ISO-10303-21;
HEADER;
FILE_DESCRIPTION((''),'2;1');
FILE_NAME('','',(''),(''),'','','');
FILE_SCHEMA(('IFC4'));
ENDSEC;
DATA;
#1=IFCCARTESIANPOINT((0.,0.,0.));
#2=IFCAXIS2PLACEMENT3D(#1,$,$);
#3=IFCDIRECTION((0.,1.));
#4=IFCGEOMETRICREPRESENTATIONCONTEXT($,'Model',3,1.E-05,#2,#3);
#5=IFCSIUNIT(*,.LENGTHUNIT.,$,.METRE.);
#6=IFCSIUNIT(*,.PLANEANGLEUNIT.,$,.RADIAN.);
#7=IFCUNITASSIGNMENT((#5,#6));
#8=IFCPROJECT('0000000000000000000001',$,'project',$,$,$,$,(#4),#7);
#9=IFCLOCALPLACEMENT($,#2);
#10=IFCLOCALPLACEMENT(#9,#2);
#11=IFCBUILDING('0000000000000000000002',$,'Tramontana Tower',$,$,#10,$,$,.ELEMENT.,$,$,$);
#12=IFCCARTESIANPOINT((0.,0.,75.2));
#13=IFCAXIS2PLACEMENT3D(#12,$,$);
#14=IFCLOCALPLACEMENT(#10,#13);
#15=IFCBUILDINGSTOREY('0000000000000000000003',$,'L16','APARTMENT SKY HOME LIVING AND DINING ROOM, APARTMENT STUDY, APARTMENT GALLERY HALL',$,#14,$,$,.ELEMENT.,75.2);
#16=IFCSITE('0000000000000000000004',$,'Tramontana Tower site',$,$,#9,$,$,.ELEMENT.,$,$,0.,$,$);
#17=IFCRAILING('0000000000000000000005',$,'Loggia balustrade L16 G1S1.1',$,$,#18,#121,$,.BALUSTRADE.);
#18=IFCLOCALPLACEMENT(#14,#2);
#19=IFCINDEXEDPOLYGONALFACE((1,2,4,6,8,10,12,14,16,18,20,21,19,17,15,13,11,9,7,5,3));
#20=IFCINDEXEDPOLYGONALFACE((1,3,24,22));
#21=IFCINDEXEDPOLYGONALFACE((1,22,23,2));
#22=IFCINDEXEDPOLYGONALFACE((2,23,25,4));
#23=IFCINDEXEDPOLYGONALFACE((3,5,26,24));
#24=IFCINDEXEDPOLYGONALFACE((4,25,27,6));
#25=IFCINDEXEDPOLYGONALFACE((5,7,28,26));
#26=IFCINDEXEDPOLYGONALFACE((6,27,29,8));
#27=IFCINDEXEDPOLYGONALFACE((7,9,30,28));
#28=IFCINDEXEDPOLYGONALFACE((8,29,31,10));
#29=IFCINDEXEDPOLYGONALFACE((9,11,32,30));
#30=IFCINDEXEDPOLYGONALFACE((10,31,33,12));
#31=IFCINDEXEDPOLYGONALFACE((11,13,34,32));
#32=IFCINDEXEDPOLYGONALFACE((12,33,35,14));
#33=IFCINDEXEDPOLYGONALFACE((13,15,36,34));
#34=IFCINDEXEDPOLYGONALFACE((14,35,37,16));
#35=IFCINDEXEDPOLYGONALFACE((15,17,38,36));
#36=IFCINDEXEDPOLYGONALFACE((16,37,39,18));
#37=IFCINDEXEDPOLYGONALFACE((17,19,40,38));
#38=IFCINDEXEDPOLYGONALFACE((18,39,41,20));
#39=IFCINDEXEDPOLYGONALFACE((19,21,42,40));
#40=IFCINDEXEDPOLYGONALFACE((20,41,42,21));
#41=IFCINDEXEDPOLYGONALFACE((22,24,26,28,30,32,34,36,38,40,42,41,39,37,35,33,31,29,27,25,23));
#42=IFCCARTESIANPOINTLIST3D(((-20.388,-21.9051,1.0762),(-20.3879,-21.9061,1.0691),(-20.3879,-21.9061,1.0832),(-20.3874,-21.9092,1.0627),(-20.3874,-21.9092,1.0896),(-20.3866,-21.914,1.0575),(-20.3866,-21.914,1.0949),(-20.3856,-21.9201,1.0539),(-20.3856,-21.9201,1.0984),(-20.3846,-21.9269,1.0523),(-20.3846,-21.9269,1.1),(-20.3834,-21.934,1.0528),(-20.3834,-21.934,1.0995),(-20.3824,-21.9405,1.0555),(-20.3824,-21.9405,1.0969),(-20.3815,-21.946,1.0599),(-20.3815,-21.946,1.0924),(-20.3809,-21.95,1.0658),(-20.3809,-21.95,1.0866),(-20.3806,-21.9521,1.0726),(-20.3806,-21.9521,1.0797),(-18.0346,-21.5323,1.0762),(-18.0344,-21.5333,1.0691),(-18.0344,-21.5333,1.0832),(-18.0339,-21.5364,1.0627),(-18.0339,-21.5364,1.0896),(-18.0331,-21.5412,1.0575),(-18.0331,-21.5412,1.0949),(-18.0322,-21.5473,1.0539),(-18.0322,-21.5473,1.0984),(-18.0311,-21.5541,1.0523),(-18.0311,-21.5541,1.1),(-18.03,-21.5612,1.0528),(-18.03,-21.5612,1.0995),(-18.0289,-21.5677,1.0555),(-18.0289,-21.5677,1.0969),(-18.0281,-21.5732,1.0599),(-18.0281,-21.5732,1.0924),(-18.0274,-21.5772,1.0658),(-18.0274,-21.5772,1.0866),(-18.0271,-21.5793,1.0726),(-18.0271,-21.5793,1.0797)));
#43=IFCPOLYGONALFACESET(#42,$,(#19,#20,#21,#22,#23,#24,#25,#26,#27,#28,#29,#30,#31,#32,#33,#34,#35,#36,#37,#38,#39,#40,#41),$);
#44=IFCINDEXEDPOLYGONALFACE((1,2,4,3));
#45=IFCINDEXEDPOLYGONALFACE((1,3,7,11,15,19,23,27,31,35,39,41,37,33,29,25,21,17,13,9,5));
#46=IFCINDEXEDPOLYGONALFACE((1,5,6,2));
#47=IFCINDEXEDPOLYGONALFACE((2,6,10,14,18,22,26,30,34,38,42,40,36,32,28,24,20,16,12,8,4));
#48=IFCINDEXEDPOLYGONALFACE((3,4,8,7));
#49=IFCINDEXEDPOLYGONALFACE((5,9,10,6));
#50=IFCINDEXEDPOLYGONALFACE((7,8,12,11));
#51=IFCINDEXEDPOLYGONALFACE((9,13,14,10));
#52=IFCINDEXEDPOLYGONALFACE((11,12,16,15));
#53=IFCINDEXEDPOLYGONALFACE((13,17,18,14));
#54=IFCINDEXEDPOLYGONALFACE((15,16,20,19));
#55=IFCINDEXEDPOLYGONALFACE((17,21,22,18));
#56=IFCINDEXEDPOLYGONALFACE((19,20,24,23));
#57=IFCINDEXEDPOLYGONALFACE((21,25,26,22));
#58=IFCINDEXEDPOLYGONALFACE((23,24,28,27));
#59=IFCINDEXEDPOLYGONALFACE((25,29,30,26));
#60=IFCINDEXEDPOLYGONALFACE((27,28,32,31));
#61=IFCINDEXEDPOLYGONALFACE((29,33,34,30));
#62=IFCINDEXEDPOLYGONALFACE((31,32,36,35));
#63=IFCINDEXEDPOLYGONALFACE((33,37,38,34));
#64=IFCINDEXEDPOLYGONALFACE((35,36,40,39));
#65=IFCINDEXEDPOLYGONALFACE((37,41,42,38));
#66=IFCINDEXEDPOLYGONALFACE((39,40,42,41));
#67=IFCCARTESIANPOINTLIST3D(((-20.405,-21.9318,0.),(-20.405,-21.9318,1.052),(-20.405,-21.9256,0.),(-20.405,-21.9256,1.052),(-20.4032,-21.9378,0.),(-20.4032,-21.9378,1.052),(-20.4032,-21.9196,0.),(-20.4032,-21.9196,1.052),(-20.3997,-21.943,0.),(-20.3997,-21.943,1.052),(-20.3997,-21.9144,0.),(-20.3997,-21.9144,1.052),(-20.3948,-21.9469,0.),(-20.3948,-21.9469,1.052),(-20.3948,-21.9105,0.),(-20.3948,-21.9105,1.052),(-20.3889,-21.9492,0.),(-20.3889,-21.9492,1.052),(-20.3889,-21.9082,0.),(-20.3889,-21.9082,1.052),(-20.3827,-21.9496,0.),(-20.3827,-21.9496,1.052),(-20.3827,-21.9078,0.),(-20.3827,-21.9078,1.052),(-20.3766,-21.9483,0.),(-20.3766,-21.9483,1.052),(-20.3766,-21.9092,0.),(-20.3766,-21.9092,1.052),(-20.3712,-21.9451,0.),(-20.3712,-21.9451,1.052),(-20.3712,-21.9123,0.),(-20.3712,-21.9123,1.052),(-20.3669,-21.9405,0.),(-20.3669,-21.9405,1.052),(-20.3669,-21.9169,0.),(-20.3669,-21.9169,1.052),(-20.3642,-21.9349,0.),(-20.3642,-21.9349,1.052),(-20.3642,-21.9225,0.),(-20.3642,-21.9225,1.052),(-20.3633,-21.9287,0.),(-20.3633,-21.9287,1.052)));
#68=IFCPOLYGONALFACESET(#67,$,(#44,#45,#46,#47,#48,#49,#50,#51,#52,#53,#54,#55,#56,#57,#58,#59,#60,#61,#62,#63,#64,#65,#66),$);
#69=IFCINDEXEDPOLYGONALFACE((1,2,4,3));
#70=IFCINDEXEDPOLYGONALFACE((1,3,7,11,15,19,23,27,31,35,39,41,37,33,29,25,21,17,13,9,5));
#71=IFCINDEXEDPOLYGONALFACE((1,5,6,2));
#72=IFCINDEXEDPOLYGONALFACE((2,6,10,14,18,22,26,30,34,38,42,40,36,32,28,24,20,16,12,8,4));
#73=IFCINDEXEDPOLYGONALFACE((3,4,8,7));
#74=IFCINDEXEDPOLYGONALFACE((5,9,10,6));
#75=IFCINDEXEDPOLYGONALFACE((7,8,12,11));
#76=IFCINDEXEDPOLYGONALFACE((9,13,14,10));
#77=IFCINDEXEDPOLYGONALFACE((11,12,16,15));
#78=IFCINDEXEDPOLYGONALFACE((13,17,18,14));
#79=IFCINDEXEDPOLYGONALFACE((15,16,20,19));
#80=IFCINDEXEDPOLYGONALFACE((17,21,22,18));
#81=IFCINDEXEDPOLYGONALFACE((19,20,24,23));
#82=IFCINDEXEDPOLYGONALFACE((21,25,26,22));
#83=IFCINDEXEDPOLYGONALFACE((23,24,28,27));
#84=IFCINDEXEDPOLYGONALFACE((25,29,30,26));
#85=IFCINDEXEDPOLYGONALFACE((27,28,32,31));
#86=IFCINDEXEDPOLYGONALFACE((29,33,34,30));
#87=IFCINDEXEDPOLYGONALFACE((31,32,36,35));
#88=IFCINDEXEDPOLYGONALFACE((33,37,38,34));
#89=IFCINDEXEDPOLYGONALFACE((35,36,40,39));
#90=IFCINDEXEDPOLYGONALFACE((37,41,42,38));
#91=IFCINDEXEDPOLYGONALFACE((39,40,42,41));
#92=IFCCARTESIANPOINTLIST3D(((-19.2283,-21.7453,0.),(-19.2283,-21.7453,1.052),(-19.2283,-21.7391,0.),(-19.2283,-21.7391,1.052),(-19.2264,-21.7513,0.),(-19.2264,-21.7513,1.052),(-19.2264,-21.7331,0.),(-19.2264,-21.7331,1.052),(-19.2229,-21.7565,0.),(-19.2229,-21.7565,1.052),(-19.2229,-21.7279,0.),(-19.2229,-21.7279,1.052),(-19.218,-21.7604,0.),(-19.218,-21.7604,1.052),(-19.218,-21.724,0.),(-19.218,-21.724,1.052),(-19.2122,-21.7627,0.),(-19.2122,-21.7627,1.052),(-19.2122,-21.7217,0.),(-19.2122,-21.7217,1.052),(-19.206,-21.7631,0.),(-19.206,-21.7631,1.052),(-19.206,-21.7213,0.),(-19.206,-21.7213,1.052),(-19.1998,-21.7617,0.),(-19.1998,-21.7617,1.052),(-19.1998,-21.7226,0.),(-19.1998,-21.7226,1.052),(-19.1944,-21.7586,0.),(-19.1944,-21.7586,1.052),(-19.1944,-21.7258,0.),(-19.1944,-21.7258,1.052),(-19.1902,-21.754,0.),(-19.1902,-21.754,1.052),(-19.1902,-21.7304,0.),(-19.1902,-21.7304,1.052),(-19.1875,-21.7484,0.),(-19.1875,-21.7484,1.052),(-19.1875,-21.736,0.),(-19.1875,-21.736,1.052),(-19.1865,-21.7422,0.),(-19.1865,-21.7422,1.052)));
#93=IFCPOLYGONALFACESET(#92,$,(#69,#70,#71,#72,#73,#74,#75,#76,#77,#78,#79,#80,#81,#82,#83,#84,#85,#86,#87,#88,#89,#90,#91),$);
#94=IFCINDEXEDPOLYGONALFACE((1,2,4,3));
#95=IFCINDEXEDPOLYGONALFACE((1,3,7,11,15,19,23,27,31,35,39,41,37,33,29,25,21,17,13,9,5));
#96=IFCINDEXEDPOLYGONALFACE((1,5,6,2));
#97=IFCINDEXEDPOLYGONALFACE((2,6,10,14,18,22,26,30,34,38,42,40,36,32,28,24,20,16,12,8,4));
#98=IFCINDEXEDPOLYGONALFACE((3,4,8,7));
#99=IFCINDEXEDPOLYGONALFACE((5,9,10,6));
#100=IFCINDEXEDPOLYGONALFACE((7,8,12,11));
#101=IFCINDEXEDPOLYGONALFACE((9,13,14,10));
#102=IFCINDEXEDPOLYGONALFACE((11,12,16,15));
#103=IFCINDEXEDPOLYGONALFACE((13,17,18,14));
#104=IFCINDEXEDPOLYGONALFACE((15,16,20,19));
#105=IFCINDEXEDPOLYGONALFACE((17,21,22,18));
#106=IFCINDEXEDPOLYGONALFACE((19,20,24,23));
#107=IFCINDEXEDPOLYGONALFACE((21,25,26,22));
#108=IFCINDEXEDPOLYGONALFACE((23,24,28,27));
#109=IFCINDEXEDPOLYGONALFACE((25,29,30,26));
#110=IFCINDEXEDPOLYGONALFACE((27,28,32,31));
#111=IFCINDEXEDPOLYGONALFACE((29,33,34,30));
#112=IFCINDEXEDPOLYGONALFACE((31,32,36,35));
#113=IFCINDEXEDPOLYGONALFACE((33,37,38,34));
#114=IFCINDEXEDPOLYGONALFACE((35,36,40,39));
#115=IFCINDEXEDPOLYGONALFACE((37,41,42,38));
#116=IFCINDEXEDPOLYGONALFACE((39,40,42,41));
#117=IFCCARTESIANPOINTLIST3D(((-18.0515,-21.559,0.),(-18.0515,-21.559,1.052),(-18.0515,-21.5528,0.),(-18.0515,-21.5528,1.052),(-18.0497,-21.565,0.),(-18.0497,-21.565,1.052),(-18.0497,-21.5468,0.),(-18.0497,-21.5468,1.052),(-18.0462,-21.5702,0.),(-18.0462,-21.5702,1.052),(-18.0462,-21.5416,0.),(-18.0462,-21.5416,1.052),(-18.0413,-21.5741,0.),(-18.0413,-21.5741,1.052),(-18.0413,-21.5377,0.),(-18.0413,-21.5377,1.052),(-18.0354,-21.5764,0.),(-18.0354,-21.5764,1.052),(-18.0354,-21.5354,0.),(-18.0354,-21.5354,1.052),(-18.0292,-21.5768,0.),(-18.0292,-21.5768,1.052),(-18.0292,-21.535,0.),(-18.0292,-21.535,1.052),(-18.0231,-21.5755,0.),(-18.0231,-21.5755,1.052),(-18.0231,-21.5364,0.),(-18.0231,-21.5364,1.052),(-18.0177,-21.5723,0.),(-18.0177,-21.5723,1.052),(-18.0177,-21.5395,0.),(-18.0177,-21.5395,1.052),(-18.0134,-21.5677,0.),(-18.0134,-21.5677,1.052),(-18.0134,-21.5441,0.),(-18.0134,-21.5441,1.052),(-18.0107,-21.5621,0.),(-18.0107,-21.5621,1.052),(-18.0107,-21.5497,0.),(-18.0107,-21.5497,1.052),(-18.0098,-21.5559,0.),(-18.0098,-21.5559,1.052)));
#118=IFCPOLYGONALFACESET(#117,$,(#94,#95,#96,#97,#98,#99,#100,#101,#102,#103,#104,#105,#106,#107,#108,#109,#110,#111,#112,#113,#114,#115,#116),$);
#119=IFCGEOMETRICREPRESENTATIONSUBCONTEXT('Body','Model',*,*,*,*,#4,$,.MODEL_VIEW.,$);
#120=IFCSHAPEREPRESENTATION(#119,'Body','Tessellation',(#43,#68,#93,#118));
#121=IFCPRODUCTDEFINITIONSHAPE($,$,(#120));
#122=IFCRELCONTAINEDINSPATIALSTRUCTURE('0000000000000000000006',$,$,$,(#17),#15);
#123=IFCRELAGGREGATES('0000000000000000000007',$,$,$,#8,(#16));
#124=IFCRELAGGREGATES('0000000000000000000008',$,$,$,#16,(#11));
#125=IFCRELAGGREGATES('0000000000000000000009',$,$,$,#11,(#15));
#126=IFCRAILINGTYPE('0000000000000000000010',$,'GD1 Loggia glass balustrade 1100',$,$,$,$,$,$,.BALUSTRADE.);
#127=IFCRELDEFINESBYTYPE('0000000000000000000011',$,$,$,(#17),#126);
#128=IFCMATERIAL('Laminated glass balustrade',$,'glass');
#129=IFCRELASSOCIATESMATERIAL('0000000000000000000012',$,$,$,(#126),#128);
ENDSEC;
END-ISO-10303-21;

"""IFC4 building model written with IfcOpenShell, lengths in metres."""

from ifc_helpers import new_model, si_unit, direction, frame, origin, origin_2d, place, context, subcontext, project, spatial, circle, extrude, material, type_object, element, save


model = new_model("IFC4")

# Units and contexts
model_context = context("Model", 3, precision=1e-05, world=origin(), true_north=direction((0.0, 1.0)))
body_context = subcontext(model_context, "Body", "Model", "MODEL_VIEW")
ifc_project = project(units=[si_unit("LENGTHUNIT", "METRE"), si_unit("PLANEANGLEUNIT", "RADIAN")], contexts=[model_context])

# Site, building, storey
site_placement = place(None, origin())
site = spatial("IfcSite", under=ifc_project, at=site_placement, Name="Tramontana Tower site", CompositionType="ELEMENT", RefElevation=0.0)
building_placement = place(site_placement, origin())
building = spatial("IfcBuilding", under=site, at=building_placement, Name="Tramontana Tower", CompositionType="ELEMENT")
storey_placement = place(building_placement, frame((0.0, 0.0, 75.2)))
storey = spatial("IfcBuildingStorey", under=building, at=storey_placement, Name="L16", Description="APARTMENT SKY HOME LIVING AND DINING ROOM, APARTMENT STUDY, APARTMENT GALLERY HALL", CompositionType="ELEMENT", Elevation=75.2)

# Railing
ifc_material_1 = material(Name="Laminated glass balustrade", Category="glass")
railing_type = type_object("IfcRailingType", Name="GD1 Loggia glass balustrade 1100", PredefinedType="BALUSTRADE", material=ifc_material_1)
railing_1_placement = place(storey_placement, frame((-20.3843, -21.9287, 0.0)))
element("IfcRailing", 1, at=railing_1_placement, inside=storey, type_object=railing_type, Name="Loggia balustrade L16 G1S1.1", PredefinedType="BALUSTRADE", context=body_context, shape_type="SweptSolid", body=[
    extrude(circle(Radius=0.0239, at=origin_2d()), frame((0.0, 0.0, 1.0762), z_axis=(0.987686, 0.156452, 0.0), x_axis=(-0.156452, 0.987686, 0.0)), (0.0, 0.0, 1.0), 2.3828),
    extrude(circle(Radius=0.021, at=origin_2d()), origin(), (0.0, 0.0, 1.0), 1.052),
    extrude(circle(Radius=0.021, at=origin_2d()), frame((1.1768, 0.1865, 0.0)), (0.0, 0.0, 1.0), 1.052),
    extrude(circle(Radius=0.021, at=origin_2d()), frame((2.3535, 0.3728, 0.0)), (0.0, 0.0, 1.0), 1.052),
])

save(model, "model.ifc")
